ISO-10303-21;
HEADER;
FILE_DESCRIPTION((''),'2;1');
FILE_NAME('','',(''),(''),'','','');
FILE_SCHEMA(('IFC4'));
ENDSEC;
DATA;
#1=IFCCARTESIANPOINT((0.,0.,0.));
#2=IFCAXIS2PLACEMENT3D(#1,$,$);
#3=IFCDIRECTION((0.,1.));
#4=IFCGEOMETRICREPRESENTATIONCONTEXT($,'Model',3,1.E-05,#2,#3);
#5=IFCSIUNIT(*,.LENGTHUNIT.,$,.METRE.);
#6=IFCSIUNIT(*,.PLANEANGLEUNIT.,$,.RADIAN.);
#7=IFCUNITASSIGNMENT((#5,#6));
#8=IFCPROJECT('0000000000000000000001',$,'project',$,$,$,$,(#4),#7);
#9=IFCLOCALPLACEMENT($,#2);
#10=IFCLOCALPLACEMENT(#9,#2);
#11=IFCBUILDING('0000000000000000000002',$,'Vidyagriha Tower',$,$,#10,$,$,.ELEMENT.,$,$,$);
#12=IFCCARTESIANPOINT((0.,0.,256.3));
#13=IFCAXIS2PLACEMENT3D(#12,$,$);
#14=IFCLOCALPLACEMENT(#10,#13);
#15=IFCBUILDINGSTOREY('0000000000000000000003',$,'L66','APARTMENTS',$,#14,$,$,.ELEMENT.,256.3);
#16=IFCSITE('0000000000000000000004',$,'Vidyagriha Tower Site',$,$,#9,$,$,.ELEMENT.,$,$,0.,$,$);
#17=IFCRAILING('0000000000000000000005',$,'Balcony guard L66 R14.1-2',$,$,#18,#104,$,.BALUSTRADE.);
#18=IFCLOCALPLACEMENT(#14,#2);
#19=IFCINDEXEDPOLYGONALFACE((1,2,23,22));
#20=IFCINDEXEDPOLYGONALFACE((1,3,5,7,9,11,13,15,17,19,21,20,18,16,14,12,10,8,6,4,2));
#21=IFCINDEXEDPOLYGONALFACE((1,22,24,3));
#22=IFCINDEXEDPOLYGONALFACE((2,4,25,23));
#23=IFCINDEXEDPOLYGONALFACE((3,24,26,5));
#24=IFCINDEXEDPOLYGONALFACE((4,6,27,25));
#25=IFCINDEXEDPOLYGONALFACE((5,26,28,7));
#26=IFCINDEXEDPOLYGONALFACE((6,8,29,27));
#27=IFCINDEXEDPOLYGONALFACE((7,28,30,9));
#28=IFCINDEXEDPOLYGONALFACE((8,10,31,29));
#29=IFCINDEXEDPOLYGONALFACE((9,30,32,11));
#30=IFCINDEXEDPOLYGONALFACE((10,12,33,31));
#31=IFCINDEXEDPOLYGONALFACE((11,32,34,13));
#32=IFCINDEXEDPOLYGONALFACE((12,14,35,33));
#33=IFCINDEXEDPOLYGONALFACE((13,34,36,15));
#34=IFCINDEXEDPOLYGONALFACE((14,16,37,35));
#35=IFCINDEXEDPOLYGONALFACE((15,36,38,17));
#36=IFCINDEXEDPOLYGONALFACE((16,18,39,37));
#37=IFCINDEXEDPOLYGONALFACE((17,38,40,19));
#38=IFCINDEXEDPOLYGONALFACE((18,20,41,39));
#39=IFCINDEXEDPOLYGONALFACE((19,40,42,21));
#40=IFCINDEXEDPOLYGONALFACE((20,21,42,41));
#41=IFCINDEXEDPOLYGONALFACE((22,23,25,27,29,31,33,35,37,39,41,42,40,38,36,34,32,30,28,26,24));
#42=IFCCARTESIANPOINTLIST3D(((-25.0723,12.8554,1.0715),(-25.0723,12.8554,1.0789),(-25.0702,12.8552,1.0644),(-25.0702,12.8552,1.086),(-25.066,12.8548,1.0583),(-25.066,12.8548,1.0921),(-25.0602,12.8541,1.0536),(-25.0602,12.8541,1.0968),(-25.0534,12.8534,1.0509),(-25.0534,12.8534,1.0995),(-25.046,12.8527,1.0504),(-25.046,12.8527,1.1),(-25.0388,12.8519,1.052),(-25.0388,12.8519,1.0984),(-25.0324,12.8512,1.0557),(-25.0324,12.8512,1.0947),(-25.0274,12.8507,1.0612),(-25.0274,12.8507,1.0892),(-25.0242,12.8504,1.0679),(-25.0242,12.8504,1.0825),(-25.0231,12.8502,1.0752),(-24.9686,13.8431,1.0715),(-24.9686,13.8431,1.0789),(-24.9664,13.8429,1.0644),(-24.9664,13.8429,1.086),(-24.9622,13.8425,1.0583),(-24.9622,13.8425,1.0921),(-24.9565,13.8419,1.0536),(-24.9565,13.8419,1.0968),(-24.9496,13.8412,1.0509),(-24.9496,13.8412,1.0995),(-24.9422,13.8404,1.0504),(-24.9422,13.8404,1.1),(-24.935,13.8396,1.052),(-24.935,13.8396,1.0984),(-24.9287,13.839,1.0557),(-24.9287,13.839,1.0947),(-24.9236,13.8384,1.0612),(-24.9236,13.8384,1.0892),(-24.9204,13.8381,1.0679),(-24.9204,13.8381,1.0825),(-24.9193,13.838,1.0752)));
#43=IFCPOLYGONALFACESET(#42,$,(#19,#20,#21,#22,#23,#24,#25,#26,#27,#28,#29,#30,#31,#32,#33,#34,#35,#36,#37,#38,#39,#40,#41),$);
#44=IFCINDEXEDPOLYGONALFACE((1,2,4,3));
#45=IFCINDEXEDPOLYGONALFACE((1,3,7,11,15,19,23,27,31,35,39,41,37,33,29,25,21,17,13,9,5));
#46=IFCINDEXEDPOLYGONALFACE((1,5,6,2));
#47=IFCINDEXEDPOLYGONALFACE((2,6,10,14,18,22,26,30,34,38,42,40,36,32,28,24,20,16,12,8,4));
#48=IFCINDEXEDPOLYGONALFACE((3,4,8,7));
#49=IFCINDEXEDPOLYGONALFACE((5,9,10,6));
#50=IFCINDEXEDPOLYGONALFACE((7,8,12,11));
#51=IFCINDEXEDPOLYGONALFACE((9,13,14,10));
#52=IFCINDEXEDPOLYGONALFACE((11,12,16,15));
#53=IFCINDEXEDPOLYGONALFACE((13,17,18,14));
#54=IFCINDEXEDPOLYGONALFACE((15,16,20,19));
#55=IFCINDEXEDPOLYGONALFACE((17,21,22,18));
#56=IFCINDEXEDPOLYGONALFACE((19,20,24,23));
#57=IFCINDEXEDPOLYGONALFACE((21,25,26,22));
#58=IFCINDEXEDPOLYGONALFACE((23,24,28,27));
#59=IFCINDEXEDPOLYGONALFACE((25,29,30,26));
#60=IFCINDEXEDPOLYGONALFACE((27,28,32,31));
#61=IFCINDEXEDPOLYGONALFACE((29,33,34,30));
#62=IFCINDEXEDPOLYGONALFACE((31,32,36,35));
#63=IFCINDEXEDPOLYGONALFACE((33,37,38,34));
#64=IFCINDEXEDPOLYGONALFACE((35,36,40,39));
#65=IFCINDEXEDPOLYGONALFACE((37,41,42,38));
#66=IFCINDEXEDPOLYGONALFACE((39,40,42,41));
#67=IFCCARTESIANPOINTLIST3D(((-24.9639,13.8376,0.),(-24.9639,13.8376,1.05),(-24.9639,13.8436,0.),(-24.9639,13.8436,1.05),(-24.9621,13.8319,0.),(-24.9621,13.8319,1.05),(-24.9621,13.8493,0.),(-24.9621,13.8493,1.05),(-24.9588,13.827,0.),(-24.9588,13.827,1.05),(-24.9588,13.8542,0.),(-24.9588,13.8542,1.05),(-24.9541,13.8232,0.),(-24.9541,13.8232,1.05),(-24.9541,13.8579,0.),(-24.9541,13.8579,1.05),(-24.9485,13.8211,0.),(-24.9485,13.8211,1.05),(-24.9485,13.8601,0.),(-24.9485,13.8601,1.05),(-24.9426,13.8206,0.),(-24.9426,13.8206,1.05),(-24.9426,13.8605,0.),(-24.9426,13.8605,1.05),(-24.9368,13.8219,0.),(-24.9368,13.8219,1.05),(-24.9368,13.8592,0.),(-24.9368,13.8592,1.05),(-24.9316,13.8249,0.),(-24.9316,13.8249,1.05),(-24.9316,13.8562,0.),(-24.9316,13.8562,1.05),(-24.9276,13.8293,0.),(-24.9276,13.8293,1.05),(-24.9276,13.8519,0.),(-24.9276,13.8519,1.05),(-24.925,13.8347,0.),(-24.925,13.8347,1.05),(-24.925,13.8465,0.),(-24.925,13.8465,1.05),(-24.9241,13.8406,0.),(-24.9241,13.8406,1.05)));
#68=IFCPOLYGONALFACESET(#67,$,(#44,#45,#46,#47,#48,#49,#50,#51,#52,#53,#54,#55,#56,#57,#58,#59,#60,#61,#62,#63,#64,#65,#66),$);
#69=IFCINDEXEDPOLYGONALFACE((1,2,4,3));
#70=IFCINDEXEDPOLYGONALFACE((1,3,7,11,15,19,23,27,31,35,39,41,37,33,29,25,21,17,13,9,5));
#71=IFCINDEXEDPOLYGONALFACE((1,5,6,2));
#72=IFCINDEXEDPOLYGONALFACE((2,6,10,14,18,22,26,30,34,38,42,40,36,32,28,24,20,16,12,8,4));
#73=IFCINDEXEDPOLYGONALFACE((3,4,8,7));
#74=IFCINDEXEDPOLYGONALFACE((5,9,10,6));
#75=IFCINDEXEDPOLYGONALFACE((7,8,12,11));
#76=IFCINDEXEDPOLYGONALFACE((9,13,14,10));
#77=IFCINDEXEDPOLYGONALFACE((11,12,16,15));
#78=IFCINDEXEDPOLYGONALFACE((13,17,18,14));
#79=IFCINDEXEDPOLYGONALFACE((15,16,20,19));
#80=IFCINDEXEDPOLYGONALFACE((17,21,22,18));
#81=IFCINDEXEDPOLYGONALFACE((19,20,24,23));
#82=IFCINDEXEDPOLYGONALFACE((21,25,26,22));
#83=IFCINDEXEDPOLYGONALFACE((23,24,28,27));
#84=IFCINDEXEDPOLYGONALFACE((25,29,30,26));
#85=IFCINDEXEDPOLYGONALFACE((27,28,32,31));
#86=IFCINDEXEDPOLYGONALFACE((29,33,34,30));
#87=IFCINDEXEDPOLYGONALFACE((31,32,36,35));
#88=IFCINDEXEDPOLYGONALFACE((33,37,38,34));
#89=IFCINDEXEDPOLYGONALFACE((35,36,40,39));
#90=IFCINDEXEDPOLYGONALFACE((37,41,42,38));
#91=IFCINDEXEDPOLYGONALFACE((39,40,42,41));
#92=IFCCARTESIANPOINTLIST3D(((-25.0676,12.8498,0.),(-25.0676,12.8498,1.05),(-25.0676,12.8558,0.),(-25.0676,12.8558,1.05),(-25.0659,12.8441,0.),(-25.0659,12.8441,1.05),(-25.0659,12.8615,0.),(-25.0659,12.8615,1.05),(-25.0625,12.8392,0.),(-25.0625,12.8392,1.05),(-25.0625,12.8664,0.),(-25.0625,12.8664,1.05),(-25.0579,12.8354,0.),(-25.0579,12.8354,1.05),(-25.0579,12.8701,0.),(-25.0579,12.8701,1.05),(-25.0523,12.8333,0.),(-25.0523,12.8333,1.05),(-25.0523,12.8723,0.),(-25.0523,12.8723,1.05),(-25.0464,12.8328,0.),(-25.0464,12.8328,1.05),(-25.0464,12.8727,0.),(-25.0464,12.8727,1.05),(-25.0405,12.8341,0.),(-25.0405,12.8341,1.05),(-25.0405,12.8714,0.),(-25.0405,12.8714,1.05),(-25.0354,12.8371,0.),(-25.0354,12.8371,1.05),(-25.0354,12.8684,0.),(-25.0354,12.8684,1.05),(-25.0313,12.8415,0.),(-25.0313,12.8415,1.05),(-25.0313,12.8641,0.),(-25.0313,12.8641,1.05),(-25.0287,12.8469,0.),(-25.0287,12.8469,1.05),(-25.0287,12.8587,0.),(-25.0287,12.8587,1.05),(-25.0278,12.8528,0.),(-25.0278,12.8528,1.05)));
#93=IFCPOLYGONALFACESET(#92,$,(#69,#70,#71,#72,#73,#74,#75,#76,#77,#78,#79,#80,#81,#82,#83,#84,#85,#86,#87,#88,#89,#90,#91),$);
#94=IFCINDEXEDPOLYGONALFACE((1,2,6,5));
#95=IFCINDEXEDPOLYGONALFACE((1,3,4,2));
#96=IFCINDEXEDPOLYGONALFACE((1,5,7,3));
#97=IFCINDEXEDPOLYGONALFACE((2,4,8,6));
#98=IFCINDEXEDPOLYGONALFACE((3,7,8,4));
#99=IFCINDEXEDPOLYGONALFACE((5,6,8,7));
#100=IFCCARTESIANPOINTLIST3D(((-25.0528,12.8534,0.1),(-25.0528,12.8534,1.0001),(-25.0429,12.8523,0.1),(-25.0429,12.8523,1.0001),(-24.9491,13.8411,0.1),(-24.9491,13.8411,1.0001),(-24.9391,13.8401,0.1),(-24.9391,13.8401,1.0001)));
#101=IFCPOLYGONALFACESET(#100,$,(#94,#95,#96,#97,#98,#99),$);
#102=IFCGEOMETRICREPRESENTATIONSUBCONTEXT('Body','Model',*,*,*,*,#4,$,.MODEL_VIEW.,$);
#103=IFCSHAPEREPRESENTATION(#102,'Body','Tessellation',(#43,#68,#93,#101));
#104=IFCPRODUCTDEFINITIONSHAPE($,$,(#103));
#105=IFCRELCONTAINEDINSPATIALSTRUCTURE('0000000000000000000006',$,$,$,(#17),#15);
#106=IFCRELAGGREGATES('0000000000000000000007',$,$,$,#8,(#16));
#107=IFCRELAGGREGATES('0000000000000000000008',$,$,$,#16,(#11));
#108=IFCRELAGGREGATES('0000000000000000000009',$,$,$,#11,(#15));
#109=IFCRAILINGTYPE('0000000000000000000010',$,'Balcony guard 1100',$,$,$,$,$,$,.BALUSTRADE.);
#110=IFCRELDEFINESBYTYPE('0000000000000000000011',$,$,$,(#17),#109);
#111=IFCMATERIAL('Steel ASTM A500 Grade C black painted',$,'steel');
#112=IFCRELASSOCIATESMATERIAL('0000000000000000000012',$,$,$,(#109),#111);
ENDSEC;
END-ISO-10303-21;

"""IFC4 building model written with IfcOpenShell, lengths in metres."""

from ifc_helpers import new_model, si_unit, direction, frame, origin, origin_2d, place, context, subcontext, project, spatial, rectangle, circle, extrude, material, type_object, element, save


model = new_model("IFC4")

# Units and contexts
model_context = context("Model", 3, precision=1e-05, world=origin(), true_north=direction((0.0, 1.0)))
body_context = subcontext(model_context, "Body", "Model", "MODEL_VIEW")
ifc_project = project(units=[si_unit("LENGTHUNIT", "METRE"), si_unit("PLANEANGLEUNIT", "RADIAN")], contexts=[model_context])

# Site, building, storey
site_placement = place(None, origin())
site = spatial("IfcSite", under=ifc_project, at=site_placement, Name="Vidyagriha Tower Site", CompositionType="ELEMENT", RefElevation=0.0)
building_placement = place(site_placement, origin())
building = spatial("IfcBuilding", under=site, at=building_placement, Name="Vidyagriha Tower", CompositionType="ELEMENT")
storey_placement = place(building_placement, frame((0.0, 0.0, 256.3)))
storey = spatial("IfcBuildingStorey", under=building, at=storey_placement, Name="L66", Description="APARTMENTS", CompositionType="ELEMENT", Elevation=256.3)

# Railing
ifc_material_1 = material(Name="Steel ASTM A500 Grade C black painted", Category="steel")
railing_type_1 = type_object("IfcRailingType", Name="Balcony guard 1100", PredefinedType="BALUSTRADE", material=ifc_material_1)
railing_1_placement = place(storey_placement, frame((-24.9441, 13.8406, 0.0)))
element("IfcRailing", 1, at=railing_1_placement, inside=storey, type_object=railing_type_1, Name="Balcony guard L66 R14.1-2", PredefinedType="BALUSTRADE", context=body_context, shape_type="SweptSolid", body=[
    extrude(circle(Radius=0.0249, at=origin_2d()), frame((0.0, 0.0, 1.0752), z_axis=(-0.104467, -0.994528, 0.0), x_axis=(0.994528, -0.104467, 0.0)), (0.0, 0.0, 1.0), 0.9932),
    extrude(circle(Radius=0.02, at=origin_2d()), origin(), (0.0, 0.0, 1.0), 1.05),
    extrude(circle(Radius=0.02, at=origin_2d()), frame((-0.1038, -0.9878, 0.0)), (0.0, 0.0, 1.0), 1.05),
    extrude(rectangle(XDim=0.01, YDim=0.9001, at=origin_2d()), frame((0.0, 0.0, 0.55), z_axis=(-0.104467, -0.994528, 0.0), x_axis=(0.994528, -0.104467, 0.0)), (0.0, 0.0, 1.0), 0.9932),
])

save(model, "model.ifc")
